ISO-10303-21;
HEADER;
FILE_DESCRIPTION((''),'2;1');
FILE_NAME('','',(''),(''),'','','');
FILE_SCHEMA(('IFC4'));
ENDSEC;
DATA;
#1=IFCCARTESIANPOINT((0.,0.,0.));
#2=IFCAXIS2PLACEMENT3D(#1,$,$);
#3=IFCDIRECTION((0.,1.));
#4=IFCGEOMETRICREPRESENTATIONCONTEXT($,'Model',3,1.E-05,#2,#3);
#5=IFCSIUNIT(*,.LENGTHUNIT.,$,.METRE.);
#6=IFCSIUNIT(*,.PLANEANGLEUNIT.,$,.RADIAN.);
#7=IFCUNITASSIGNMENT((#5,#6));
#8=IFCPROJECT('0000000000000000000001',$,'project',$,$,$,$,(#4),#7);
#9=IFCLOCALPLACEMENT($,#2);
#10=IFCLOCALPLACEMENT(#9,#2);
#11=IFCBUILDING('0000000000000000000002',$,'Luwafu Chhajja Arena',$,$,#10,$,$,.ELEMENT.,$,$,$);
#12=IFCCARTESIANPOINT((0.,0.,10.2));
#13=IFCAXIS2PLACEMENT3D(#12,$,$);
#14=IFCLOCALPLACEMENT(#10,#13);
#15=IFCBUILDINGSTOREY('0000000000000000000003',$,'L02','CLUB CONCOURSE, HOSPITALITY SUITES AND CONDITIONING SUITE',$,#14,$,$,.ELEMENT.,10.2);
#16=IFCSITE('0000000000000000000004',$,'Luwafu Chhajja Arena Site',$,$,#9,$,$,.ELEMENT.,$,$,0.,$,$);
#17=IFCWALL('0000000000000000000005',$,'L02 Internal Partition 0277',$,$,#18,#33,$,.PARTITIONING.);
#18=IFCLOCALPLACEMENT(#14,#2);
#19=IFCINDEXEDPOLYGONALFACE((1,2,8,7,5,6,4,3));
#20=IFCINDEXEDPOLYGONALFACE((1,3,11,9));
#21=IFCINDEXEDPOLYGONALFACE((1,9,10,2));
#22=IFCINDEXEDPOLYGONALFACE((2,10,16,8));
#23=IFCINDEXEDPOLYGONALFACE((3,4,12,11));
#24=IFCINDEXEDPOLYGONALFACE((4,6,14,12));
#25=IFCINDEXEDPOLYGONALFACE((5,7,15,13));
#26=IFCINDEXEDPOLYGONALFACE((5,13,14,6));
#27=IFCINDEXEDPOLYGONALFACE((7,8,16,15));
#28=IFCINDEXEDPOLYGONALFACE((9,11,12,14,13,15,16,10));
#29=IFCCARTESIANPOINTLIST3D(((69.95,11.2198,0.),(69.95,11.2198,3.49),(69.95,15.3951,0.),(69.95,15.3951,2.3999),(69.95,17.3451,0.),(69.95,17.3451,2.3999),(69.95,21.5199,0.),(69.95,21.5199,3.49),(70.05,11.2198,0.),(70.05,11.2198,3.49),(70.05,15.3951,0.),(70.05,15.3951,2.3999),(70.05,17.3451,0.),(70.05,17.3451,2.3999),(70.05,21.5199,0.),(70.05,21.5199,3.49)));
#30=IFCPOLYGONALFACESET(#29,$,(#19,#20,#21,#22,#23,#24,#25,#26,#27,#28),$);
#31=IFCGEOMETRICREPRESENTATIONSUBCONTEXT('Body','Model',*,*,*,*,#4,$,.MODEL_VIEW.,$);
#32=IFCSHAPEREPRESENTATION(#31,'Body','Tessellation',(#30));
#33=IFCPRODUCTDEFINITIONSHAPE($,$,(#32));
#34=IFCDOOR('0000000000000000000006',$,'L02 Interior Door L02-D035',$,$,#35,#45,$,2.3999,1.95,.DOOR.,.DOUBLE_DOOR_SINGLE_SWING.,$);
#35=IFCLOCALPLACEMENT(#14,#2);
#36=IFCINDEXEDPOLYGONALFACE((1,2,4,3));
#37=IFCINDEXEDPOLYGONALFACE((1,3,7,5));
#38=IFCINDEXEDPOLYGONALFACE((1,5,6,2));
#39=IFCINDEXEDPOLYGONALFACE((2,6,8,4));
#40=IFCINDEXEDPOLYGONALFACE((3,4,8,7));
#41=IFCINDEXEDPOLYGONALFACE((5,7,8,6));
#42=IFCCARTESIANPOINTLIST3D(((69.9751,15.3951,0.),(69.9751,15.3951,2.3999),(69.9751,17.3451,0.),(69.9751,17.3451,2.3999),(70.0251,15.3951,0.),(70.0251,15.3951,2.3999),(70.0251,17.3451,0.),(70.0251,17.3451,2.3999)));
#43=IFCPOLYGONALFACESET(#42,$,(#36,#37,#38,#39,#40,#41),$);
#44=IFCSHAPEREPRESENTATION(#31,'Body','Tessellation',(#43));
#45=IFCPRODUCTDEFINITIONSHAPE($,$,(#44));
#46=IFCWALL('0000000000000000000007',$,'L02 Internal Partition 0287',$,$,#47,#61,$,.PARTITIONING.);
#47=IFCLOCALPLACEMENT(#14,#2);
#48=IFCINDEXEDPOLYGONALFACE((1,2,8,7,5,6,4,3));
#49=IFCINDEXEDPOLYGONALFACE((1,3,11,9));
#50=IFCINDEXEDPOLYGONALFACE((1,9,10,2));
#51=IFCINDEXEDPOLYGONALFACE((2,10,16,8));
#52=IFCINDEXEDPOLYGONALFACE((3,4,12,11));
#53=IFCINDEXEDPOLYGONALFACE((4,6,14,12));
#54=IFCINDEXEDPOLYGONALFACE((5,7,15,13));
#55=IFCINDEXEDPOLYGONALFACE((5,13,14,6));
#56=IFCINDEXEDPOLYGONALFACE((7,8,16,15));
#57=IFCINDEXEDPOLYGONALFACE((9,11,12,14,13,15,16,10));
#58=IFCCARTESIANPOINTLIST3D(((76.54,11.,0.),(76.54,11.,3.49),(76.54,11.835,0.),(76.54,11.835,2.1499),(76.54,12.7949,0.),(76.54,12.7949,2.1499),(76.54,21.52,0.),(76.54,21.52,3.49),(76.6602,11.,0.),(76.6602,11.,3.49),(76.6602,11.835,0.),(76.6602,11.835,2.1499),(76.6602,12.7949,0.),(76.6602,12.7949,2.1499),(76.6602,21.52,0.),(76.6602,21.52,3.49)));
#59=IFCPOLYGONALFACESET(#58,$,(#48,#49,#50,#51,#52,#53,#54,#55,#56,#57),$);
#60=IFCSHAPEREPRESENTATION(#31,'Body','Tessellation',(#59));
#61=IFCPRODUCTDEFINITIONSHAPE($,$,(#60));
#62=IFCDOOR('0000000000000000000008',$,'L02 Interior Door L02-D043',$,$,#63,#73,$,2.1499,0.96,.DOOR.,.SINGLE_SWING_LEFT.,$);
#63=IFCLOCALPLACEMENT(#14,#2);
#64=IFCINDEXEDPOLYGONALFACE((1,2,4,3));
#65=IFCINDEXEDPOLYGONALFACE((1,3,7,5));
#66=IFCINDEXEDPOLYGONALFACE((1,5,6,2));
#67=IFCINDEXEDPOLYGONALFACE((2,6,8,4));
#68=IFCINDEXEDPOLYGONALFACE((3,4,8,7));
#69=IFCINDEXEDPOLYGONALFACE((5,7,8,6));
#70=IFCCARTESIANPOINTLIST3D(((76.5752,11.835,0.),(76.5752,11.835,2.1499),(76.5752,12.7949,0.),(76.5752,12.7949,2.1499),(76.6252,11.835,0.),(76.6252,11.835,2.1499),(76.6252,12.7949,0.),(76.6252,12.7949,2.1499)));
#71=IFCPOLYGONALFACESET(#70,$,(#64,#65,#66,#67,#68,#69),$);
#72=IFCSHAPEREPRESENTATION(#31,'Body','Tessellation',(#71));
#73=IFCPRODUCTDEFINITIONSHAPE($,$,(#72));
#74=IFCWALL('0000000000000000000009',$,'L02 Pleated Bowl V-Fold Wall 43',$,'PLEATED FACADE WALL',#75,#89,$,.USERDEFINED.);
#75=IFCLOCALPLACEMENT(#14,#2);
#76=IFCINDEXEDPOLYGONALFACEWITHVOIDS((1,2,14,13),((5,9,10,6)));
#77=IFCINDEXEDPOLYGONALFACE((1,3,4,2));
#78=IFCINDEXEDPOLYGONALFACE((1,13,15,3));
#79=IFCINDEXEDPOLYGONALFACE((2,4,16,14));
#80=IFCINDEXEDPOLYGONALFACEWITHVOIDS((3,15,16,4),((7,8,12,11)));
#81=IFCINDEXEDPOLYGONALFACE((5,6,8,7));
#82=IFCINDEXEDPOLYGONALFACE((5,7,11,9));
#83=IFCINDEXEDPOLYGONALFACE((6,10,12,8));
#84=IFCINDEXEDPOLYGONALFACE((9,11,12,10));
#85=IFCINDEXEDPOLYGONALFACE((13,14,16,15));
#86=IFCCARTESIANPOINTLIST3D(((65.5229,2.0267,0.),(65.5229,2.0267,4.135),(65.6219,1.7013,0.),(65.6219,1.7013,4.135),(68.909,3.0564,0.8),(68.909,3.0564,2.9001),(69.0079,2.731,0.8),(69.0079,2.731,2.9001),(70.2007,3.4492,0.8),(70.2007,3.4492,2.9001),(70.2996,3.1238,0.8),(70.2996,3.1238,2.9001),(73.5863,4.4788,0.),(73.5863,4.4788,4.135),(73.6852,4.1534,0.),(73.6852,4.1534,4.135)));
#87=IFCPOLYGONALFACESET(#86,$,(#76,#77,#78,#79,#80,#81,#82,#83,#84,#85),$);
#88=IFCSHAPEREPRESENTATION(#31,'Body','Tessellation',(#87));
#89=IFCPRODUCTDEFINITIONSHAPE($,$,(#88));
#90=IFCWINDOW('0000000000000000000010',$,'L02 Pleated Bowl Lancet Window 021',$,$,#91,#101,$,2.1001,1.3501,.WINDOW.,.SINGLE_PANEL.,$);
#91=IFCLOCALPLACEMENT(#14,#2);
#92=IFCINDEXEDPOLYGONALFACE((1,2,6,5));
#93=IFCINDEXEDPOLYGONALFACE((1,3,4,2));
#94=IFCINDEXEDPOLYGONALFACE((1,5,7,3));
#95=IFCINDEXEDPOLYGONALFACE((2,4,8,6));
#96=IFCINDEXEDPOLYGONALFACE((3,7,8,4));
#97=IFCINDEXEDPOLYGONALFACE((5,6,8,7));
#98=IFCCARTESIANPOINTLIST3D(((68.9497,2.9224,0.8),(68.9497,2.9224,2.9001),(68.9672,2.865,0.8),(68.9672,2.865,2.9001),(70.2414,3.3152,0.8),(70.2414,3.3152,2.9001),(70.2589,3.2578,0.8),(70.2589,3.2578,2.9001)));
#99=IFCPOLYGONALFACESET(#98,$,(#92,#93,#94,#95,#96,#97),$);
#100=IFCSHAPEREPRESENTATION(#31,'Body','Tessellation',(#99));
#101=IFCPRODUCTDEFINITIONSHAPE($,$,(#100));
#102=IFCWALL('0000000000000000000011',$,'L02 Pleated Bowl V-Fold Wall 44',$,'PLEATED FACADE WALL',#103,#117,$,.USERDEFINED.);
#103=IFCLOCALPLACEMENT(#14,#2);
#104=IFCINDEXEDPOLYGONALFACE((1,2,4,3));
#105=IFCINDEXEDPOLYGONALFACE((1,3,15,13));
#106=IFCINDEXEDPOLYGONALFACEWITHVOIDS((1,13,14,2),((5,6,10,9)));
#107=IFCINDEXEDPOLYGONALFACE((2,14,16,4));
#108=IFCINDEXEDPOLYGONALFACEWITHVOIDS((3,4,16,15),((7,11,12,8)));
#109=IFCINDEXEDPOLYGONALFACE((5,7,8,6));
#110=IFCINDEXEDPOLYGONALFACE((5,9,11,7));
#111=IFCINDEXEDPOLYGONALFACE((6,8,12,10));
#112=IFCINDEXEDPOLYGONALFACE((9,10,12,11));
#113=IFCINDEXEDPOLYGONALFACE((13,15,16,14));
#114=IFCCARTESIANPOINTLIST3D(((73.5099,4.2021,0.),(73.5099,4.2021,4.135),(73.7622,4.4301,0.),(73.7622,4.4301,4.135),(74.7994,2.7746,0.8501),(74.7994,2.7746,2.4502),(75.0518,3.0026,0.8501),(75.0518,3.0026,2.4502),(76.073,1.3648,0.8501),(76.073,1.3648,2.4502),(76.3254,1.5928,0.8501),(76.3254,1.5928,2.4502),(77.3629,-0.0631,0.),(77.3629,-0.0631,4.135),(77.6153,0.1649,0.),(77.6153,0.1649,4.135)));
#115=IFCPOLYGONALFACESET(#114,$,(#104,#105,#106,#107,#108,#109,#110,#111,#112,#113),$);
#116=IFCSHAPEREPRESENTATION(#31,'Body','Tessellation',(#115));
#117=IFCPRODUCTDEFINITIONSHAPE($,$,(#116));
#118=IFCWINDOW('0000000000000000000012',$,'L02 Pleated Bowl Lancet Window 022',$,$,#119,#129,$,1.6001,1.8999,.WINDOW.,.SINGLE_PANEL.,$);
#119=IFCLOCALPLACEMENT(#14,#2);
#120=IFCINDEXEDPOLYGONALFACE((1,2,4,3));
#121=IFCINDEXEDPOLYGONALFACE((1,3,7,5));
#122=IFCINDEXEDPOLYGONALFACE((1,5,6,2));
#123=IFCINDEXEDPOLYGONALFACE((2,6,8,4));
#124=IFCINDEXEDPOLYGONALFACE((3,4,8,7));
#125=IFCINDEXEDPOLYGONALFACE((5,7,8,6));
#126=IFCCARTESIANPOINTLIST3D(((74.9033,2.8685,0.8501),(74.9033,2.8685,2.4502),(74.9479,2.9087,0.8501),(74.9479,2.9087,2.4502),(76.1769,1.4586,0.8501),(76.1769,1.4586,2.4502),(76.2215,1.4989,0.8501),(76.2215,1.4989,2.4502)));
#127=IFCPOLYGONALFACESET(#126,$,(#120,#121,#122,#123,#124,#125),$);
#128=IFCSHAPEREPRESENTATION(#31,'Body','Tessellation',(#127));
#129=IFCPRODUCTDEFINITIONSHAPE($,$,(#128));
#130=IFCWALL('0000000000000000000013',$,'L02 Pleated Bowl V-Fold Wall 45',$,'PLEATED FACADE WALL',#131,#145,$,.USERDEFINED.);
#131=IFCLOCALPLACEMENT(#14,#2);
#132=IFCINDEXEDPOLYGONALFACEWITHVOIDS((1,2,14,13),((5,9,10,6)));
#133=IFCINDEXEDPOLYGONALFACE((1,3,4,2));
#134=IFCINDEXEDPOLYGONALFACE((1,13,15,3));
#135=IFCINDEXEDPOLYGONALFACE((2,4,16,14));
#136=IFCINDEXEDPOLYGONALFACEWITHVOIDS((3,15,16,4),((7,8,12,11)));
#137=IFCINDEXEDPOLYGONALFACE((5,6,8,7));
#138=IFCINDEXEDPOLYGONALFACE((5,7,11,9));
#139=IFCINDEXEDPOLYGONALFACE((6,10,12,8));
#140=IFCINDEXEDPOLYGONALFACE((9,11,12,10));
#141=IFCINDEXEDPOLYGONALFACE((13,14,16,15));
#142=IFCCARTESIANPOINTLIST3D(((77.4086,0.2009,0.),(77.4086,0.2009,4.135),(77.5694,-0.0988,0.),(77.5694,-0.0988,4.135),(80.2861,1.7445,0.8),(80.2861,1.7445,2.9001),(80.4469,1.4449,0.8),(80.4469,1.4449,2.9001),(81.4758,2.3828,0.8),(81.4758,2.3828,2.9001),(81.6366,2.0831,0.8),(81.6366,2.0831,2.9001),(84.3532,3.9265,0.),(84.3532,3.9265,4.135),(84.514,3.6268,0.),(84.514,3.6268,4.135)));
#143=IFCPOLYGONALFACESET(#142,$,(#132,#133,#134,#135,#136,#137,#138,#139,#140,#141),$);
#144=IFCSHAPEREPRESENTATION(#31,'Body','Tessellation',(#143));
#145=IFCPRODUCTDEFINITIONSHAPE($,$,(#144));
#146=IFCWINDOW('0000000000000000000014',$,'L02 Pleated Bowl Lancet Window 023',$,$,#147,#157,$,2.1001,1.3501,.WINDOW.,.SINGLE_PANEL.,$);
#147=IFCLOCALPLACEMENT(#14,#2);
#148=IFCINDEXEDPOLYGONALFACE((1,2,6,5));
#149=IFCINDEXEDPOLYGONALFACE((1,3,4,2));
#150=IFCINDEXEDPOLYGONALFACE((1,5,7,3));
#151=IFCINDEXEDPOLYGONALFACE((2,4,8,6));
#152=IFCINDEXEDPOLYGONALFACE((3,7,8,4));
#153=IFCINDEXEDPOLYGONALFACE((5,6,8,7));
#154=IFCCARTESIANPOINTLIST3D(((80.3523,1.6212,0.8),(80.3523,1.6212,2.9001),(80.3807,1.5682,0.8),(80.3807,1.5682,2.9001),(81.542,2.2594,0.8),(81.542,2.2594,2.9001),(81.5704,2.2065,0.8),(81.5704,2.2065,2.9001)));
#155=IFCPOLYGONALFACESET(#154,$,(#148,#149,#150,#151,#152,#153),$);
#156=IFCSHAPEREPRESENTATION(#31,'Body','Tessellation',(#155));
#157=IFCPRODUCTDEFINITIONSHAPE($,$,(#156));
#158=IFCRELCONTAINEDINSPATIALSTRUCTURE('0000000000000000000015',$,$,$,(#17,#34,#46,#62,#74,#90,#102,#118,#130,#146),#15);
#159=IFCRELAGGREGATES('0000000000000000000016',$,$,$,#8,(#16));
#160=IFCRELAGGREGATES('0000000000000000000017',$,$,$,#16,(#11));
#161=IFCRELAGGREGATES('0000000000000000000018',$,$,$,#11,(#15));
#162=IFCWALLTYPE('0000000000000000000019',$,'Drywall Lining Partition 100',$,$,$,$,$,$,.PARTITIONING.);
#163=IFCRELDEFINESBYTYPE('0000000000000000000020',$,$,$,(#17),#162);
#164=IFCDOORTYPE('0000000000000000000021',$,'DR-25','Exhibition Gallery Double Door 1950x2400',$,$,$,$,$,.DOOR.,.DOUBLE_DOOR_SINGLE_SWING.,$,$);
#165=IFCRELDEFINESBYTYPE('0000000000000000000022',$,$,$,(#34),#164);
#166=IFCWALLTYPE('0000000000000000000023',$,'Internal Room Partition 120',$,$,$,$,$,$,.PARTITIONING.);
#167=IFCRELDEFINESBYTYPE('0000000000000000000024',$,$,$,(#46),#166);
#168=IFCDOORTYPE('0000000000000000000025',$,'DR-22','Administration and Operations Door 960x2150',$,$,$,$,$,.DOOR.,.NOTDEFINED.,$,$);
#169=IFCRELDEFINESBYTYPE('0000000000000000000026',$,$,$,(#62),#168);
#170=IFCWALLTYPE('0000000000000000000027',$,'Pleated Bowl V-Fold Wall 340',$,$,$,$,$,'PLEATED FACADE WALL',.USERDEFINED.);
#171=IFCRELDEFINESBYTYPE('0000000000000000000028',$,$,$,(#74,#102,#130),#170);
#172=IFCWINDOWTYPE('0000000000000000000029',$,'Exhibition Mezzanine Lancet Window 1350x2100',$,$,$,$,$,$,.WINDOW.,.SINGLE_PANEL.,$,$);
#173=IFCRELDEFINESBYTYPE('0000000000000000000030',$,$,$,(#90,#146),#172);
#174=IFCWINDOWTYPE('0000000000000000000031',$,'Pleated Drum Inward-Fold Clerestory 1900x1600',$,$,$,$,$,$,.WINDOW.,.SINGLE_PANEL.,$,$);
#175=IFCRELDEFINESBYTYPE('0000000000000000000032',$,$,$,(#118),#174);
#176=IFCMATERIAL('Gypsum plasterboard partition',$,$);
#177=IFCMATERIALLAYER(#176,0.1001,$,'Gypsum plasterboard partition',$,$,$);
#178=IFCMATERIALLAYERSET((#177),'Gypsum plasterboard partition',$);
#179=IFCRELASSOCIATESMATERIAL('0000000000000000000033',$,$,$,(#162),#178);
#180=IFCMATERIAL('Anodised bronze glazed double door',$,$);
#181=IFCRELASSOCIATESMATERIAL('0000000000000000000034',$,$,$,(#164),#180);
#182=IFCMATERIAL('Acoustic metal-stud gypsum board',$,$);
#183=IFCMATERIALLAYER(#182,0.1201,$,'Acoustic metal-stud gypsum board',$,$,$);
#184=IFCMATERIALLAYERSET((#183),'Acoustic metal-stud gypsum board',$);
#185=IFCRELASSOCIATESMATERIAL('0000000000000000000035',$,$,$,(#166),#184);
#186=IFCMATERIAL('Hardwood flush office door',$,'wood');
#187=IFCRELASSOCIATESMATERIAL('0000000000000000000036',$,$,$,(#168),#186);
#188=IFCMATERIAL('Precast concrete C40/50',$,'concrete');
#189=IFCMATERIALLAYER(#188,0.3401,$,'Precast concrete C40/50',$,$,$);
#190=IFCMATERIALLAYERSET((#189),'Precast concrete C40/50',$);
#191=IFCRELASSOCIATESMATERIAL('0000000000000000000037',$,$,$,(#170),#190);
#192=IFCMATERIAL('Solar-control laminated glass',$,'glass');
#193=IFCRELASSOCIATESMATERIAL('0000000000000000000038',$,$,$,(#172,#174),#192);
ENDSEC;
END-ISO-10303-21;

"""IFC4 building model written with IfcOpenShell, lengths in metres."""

from ifc_helpers import new_model, si_unit, direction, frame, frame_2d, origin, place, context, subcontext, project, spatial, rectangle, extrude, material, layer, layer_set, type_object, element, fill, save


model = new_model("IFC4")

# Units and contexts
model_context = context("Model", 3, precision=1e-05, world=origin(), true_north=direction((0.0, 1.0)))
body_context = subcontext(model_context, "Body", "Model", "MODEL_VIEW")
ifc_project = project(units=[si_unit("LENGTHUNIT", "METRE"), si_unit("PLANEANGLEUNIT", "RADIAN")], contexts=[model_context])

# Site, building, storey
site_placement = place(None, origin())
site = spatial("IfcSite", under=ifc_project, at=site_placement, Name="Luwafu Chhajja Arena Site", CompositionType="ELEMENT", RefElevation=0.0)
building_placement = place(site_placement, origin())
building = spatial("IfcBuilding", under=site, at=building_placement, Name="Luwafu Chhajja Arena", CompositionType="ELEMENT")
storey_placement = place(building_placement, frame((0.0, 0.0, 10.2)))
storey = spatial("IfcBuildingStorey", under=building, at=storey_placement, Name="L02", Description="CLUB CONCOURSE, HOSPITALITY SUITES AND CONDITIONING SUITE", CompositionType="ELEMENT", Elevation=10.2)

# Walls, openings, doors
ifc_material_1 = material(Name="Gypsum plasterboard partition")
ifc_layer_1 = layer(ifc_material_1, 0.1001, Name="Gypsum plasterboard partition")
ifc_layer_set_1 = layer_set([ifc_layer_1], Name="Gypsum plasterboard partition")
wall_type_1 = type_object("IfcWallType", Name="Drywall Lining Partition 100", PredefinedType="PARTITIONING", material=ifc_layer_set_1)
wall_1_placement = place(storey_placement, frame((70.0, 11.22, 0.0), z_axis=(0.0, 0.0, 1.0), x_axis=(0.0, 1.0, 0.0)))
wall_1 = element("IfcWall", 1, at=wall_1_placement, inside=storey, type_object=wall_type_1, Name="L02 Internal Partition 0277", PredefinedType="PARTITIONING", context=body_context, shape_type="SweptSolid", body=[
    extrude(rectangle(XDim=10.3, YDim=0.1001, at=frame_2d((5.1499, 0.0))), origin(), (0.0, 0.0, 1.0), 3.49),
])
opening_1_placement = place(wall_1_placement, frame((4.175, 0.0, 0.0)))
opening_1 = element("IfcOpeningElement", 2, at=opening_1_placement, cuts=wall_1, PredefinedType="OPENING", context=body_context, shape_type="SweptSolid", body=[
    extrude(rectangle(XDim=1.95, YDim=2.3999, at=frame_2d((0.9751, 1.2))), frame((0.0, 0.0601, 0.0), z_axis=(0.0, -1.0, 0.0), x_axis=(1.0, 0.0, 0.0)), (0.0, 0.0, 1.0), 0.1201),
])
ifc_material_2 = material(Name="Anodised bronze glazed double door")
door_type_1 = type_object("IfcDoorType", Name="DR-25", Description="Exhibition Gallery Double Door 1950x2400", OperationType="DOUBLE_DOOR_SINGLE_SWING", PredefinedType="DOOR", material=ifc_material_2)
door_1_placement = place(opening_1_placement, origin())
door_1 = element("IfcDoor", 3, at=door_1_placement, inside=storey, type_object=door_type_1, Name="L02 Interior Door L02-D035", OperationType="DOUBLE_DOOR_SINGLE_SWING", OverallHeight=2.3999, OverallWidth=1.95, PredefinedType="DOOR", context=body_context, shape_type="SweptSolid", body=[
    extrude(rectangle(XDim=1.95, YDim=2.3999, at=frame_2d((0.9751, 1.2))), frame((0.0, 0.0249, 0.0), z_axis=(0.0, -1.0, 0.0), x_axis=(1.0, 0.0, 0.0)), (0.0, 0.0, 1.0), 0.05),
])
fill(opening_1, door_1)
ifc_material_3 = material(Name="Acoustic metal-stud gypsum board")
ifc_layer_2 = layer(ifc_material_3, 0.1201, Name="Acoustic metal-stud gypsum board")
ifc_layer_set_2 = layer_set([ifc_layer_2], Name="Acoustic metal-stud gypsum board")
wall_type_2 = type_object("IfcWallType", Name="Internal Room Partition 120", PredefinedType="PARTITIONING", material=ifc_layer_set_2)
wall_2_placement = place(storey_placement, frame((76.6001, 11.0, 0.0), z_axis=(0.0, 0.0, 1.0), x_axis=(0.0, 1.0, 0.0)))
wall_2 = element("IfcWall", 4, at=wall_2_placement, inside=storey, type_object=wall_type_2, Name="L02 Internal Partition 0287", PredefinedType="PARTITIONING", context=body_context, shape_type="SweptSolid", body=[
    extrude(rectangle(XDim=10.52, YDim=0.1201, at=frame_2d((5.26, 0.0))), origin(), (0.0, 0.0, 1.0), 3.49),
])
opening_2_placement = place(wall_2_placement, frame((0.835, 0.0, 0.0)))
opening_2 = element("IfcOpeningElement", 5, at=opening_2_placement, cuts=wall_2, PredefinedType="OPENING", context=body_context, shape_type="SweptSolid", body=[
    extrude(rectangle(XDim=0.96, YDim=2.1499, at=frame_2d((0.48, 1.075))), frame((0.0, 0.0701, 0.0), z_axis=(0.0, -1.0, 0.0), x_axis=(1.0, 0.0, 0.0)), (0.0, 0.0, 1.0), 0.1401),
])
ifc_material_4 = material(Name="Hardwood flush office door", Category="wood")
door_type_2 = type_object("IfcDoorType", Name="DR-22", Description="Administration and Operations Door 960x2150", OperationType="NOTDEFINED", PredefinedType="DOOR", material=ifc_material_4)
door_2_placement = place(opening_2_placement, origin())
door_2 = element("IfcDoor", 6, at=door_2_placement, inside=storey, type_object=door_type_2, Name="L02 Interior Door L02-D043", OperationType="SINGLE_SWING_LEFT", OverallHeight=2.1499, OverallWidth=0.96, PredefinedType="DOOR", context=body_context, shape_type="SweptSolid", body=[
    extrude(rectangle(XDim=0.96, YDim=2.1499, at=frame_2d((0.48, 1.075))), frame((0.0, 0.0249, 0.0), z_axis=(0.0, -1.0, 0.0), x_axis=(1.0, 0.0, 0.0)), (0.0, 0.0, 1.0), 0.05),
])
fill(opening_2, door_2)

# Walls, openings, windows
ifc_material_5 = material(Name="Precast concrete C40/50", Category="concrete")
ifc_layer_3 = layer(ifc_material_5, 0.3401, Name="Precast concrete C40/50")
ifc_layer_set_3 = layer_set([ifc_layer_3], Name="Precast concrete C40/50")
wall_type_3 = type_object("IfcWallType", Name="Pleated Bowl V-Fold Wall 340", ElementType="PLEATED FACADE WALL", PredefinedType="USERDEFINED", material=ifc_layer_set_3)
wall_3_placement = place(storey_placement, frame((65.5725, 1.864, 0.0), z_axis=(0.0, 0.0, 1.0), x_axis=(0.956738, 0.29095, 0.0)))
wall_3 = element("IfcWall", 7, at=wall_3_placement, inside=storey, type_object=wall_type_3, Name="L02 Pleated Bowl V-Fold Wall 43", ObjectType="PLEATED FACADE WALL", PredefinedType="USERDEFINED", context=body_context, shape_type="SweptSolid", body=[
    extrude(rectangle(XDim=8.428, YDim=0.3401, at=frame_2d((4.2139, 0.0))), origin(), (0.0, 0.0, 1.0), 4.135),
])
opening_3_placement = place(wall_3_placement, frame((3.5391, 0.0, 0.8)))
opening_3 = element("IfcOpeningElement", 8, at=opening_3_placement, cuts=wall_3, PredefinedType="OPENING", context=body_context, shape_type="SweptSolid", body=[
    extrude(rectangle(XDim=1.3501, YDim=2.1001, at=frame_2d((0.675, 1.05))), frame((0.0, 0.1799, 0.0), z_axis=(0.0, -1.0, 0.0), x_axis=(1.0, 0.0, 0.0)), (0.0, 0.0, 1.0), 0.3601),
])
ifc_material_6 = material(Name="Solar-control laminated glass", Category="glass")
window_type_1 = type_object("IfcWindowType", Name="Exhibition Mezzanine Lancet Window 1350x2100", PartitioningType="SINGLE_PANEL", PredefinedType="WINDOW", material=ifc_material_6)
window_1_placement = place(opening_3_placement, origin())
window_1 = element("IfcWindow", 9, at=window_1_placement, inside=storey, type_object=window_type_1, Name="L02 Pleated Bowl Lancet Window 021", OverallHeight=2.1001, OverallWidth=1.3501, PartitioningType="SINGLE_PANEL", PredefinedType="WINDOW", context=body_context, shape_type="SweptSolid", body=[
    extrude(rectangle(XDim=1.3501, YDim=2.1001, at=frame_2d((0.675, 1.05))), frame((0.0, 0.03, 0.0), z_axis=(0.0, -1.0, 0.0), x_axis=(1.0, 0.0, 0.0)), (0.0, 0.0, 1.0), 0.0601),
])
fill(opening_3, window_1)
wall_4_placement = place(storey_placement, frame((73.636, 4.3162, 0.0), z_axis=(0.0, 0.0, 1.0), x_axis=(0.670348, -0.742047, 0.0)))
wall_4 = element("IfcWall", 10, at=wall_4_placement, inside=storey, type_object=wall_type_3, Name="L02 Pleated Bowl V-Fold Wall 44", ObjectType="PLEATED FACADE WALL", PredefinedType="USERDEFINED", context=body_context, shape_type="SweptSolid", body=[
    extrude(rectangle(XDim=5.7478, YDim=0.3401, at=frame_2d((2.874, 0.0))), origin(), (0.0, 0.0, 1.0), 4.135),
])
opening_4_placement = place(wall_4_placement, frame((1.9238, 0.0, 0.8501)))
opening_4 = element("IfcOpeningElement", 11, at=opening_4_placement, cuts=wall_4, PredefinedType="OPENING", context=body_context, shape_type="SweptSolid", body=[
    extrude(rectangle(XDim=1.8999, YDim=1.6001, at=frame_2d((0.95, 0.8))), frame((0.0, 0.1799, 0.0), z_axis=(0.0, -1.0, 0.0), x_axis=(1.0, 0.0, 0.0)), (0.0, 0.0, 1.0), 0.3601),
])
window_type_2 = type_object("IfcWindowType", Name="Pleated Drum Inward-Fold Clerestory 1900x1600", PartitioningType="SINGLE_PANEL", PredefinedType="WINDOW", material=ifc_material_6)
window_2_placement = place(opening_4_placement, origin())
window_2 = element("IfcWindow", 12, at=window_2_placement, inside=storey, type_object=window_type_2, Name="L02 Pleated Bowl Lancet Window 022", OverallHeight=1.6001, OverallWidth=1.8999, PartitioningType="SINGLE_PANEL", PredefinedType="WINDOW", context=body_context, shape_type="SweptSolid", body=[
    extrude(rectangle(XDim=1.8999, YDim=1.6001, at=frame_2d((0.95, 0.8))), frame((0.0, 0.03, 0.0), z_axis=(0.0, -1.0, 0.0), x_axis=(1.0, 0.0, 0.0)), (0.0, 0.0, 1.0), 0.0601),
])
fill(opening_4, window_2)
wall_5_placement = place(storey_placement, frame((77.489, 0.051, 0.0), z_axis=(0.0, 0.0, 1.0), x_axis=(0.881201, 0.472741, 0.0)))
wall_5 = element("IfcWall", 13, at=wall_5_placement, inside=storey, type_object=wall_type_3, Name="L02 Pleated Bowl V-Fold Wall 45", ObjectType="PLEATED FACADE WALL", PredefinedType="USERDEFINED", context=body_context, shape_type="SweptSolid", body=[
    extrude(rectangle(XDim=7.8809, YDim=0.3401, at=frame_2d((3.9404, 0.0))), origin(), (0.0, 0.0, 1.0), 4.135),
])
opening_5_placement = place(wall_5_placement, frame((3.2654, 0.0, 0.8)))
opening_5 = element("IfcOpeningElement", 14, at=opening_5_placement, cuts=wall_5, PredefinedType="OPENING", context=body_context, shape_type="SweptSolid", body=[
    extrude(rectangle(XDim=1.3501, YDim=2.1001, at=frame_2d((0.675, 1.05))), frame((0.0, 0.1799, 0.0), z_axis=(0.0, -1.0, 0.0), x_axis=(1.0, 0.0, 0.0)), (0.0, 0.0, 1.0), 0.3601),
])
window_3_placement = place(opening_5_placement, origin())
window_3 = element("IfcWindow", 15, at=window_3_placement, inside=storey, type_object=window_type_1, Name="L02 Pleated Bowl Lancet Window 023", OverallHeight=2.1001, OverallWidth=1.3501, PartitioningType="SINGLE_PANEL", PredefinedType="WINDOW", context=body_context, shape_type="SweptSolid", body=[
    extrude(rectangle(XDim=1.3501, YDim=2.1001, at=frame_2d((0.675, 1.05))), frame((0.0, 0.03, 0.0), z_axis=(0.0, -1.0, 0.0), x_axis=(1.0, 0.0, 0.0)), (0.0, 0.0, 1.0), 0.0601),
])
fill(opening_5, window_3)

save(model, "model.ifc")
